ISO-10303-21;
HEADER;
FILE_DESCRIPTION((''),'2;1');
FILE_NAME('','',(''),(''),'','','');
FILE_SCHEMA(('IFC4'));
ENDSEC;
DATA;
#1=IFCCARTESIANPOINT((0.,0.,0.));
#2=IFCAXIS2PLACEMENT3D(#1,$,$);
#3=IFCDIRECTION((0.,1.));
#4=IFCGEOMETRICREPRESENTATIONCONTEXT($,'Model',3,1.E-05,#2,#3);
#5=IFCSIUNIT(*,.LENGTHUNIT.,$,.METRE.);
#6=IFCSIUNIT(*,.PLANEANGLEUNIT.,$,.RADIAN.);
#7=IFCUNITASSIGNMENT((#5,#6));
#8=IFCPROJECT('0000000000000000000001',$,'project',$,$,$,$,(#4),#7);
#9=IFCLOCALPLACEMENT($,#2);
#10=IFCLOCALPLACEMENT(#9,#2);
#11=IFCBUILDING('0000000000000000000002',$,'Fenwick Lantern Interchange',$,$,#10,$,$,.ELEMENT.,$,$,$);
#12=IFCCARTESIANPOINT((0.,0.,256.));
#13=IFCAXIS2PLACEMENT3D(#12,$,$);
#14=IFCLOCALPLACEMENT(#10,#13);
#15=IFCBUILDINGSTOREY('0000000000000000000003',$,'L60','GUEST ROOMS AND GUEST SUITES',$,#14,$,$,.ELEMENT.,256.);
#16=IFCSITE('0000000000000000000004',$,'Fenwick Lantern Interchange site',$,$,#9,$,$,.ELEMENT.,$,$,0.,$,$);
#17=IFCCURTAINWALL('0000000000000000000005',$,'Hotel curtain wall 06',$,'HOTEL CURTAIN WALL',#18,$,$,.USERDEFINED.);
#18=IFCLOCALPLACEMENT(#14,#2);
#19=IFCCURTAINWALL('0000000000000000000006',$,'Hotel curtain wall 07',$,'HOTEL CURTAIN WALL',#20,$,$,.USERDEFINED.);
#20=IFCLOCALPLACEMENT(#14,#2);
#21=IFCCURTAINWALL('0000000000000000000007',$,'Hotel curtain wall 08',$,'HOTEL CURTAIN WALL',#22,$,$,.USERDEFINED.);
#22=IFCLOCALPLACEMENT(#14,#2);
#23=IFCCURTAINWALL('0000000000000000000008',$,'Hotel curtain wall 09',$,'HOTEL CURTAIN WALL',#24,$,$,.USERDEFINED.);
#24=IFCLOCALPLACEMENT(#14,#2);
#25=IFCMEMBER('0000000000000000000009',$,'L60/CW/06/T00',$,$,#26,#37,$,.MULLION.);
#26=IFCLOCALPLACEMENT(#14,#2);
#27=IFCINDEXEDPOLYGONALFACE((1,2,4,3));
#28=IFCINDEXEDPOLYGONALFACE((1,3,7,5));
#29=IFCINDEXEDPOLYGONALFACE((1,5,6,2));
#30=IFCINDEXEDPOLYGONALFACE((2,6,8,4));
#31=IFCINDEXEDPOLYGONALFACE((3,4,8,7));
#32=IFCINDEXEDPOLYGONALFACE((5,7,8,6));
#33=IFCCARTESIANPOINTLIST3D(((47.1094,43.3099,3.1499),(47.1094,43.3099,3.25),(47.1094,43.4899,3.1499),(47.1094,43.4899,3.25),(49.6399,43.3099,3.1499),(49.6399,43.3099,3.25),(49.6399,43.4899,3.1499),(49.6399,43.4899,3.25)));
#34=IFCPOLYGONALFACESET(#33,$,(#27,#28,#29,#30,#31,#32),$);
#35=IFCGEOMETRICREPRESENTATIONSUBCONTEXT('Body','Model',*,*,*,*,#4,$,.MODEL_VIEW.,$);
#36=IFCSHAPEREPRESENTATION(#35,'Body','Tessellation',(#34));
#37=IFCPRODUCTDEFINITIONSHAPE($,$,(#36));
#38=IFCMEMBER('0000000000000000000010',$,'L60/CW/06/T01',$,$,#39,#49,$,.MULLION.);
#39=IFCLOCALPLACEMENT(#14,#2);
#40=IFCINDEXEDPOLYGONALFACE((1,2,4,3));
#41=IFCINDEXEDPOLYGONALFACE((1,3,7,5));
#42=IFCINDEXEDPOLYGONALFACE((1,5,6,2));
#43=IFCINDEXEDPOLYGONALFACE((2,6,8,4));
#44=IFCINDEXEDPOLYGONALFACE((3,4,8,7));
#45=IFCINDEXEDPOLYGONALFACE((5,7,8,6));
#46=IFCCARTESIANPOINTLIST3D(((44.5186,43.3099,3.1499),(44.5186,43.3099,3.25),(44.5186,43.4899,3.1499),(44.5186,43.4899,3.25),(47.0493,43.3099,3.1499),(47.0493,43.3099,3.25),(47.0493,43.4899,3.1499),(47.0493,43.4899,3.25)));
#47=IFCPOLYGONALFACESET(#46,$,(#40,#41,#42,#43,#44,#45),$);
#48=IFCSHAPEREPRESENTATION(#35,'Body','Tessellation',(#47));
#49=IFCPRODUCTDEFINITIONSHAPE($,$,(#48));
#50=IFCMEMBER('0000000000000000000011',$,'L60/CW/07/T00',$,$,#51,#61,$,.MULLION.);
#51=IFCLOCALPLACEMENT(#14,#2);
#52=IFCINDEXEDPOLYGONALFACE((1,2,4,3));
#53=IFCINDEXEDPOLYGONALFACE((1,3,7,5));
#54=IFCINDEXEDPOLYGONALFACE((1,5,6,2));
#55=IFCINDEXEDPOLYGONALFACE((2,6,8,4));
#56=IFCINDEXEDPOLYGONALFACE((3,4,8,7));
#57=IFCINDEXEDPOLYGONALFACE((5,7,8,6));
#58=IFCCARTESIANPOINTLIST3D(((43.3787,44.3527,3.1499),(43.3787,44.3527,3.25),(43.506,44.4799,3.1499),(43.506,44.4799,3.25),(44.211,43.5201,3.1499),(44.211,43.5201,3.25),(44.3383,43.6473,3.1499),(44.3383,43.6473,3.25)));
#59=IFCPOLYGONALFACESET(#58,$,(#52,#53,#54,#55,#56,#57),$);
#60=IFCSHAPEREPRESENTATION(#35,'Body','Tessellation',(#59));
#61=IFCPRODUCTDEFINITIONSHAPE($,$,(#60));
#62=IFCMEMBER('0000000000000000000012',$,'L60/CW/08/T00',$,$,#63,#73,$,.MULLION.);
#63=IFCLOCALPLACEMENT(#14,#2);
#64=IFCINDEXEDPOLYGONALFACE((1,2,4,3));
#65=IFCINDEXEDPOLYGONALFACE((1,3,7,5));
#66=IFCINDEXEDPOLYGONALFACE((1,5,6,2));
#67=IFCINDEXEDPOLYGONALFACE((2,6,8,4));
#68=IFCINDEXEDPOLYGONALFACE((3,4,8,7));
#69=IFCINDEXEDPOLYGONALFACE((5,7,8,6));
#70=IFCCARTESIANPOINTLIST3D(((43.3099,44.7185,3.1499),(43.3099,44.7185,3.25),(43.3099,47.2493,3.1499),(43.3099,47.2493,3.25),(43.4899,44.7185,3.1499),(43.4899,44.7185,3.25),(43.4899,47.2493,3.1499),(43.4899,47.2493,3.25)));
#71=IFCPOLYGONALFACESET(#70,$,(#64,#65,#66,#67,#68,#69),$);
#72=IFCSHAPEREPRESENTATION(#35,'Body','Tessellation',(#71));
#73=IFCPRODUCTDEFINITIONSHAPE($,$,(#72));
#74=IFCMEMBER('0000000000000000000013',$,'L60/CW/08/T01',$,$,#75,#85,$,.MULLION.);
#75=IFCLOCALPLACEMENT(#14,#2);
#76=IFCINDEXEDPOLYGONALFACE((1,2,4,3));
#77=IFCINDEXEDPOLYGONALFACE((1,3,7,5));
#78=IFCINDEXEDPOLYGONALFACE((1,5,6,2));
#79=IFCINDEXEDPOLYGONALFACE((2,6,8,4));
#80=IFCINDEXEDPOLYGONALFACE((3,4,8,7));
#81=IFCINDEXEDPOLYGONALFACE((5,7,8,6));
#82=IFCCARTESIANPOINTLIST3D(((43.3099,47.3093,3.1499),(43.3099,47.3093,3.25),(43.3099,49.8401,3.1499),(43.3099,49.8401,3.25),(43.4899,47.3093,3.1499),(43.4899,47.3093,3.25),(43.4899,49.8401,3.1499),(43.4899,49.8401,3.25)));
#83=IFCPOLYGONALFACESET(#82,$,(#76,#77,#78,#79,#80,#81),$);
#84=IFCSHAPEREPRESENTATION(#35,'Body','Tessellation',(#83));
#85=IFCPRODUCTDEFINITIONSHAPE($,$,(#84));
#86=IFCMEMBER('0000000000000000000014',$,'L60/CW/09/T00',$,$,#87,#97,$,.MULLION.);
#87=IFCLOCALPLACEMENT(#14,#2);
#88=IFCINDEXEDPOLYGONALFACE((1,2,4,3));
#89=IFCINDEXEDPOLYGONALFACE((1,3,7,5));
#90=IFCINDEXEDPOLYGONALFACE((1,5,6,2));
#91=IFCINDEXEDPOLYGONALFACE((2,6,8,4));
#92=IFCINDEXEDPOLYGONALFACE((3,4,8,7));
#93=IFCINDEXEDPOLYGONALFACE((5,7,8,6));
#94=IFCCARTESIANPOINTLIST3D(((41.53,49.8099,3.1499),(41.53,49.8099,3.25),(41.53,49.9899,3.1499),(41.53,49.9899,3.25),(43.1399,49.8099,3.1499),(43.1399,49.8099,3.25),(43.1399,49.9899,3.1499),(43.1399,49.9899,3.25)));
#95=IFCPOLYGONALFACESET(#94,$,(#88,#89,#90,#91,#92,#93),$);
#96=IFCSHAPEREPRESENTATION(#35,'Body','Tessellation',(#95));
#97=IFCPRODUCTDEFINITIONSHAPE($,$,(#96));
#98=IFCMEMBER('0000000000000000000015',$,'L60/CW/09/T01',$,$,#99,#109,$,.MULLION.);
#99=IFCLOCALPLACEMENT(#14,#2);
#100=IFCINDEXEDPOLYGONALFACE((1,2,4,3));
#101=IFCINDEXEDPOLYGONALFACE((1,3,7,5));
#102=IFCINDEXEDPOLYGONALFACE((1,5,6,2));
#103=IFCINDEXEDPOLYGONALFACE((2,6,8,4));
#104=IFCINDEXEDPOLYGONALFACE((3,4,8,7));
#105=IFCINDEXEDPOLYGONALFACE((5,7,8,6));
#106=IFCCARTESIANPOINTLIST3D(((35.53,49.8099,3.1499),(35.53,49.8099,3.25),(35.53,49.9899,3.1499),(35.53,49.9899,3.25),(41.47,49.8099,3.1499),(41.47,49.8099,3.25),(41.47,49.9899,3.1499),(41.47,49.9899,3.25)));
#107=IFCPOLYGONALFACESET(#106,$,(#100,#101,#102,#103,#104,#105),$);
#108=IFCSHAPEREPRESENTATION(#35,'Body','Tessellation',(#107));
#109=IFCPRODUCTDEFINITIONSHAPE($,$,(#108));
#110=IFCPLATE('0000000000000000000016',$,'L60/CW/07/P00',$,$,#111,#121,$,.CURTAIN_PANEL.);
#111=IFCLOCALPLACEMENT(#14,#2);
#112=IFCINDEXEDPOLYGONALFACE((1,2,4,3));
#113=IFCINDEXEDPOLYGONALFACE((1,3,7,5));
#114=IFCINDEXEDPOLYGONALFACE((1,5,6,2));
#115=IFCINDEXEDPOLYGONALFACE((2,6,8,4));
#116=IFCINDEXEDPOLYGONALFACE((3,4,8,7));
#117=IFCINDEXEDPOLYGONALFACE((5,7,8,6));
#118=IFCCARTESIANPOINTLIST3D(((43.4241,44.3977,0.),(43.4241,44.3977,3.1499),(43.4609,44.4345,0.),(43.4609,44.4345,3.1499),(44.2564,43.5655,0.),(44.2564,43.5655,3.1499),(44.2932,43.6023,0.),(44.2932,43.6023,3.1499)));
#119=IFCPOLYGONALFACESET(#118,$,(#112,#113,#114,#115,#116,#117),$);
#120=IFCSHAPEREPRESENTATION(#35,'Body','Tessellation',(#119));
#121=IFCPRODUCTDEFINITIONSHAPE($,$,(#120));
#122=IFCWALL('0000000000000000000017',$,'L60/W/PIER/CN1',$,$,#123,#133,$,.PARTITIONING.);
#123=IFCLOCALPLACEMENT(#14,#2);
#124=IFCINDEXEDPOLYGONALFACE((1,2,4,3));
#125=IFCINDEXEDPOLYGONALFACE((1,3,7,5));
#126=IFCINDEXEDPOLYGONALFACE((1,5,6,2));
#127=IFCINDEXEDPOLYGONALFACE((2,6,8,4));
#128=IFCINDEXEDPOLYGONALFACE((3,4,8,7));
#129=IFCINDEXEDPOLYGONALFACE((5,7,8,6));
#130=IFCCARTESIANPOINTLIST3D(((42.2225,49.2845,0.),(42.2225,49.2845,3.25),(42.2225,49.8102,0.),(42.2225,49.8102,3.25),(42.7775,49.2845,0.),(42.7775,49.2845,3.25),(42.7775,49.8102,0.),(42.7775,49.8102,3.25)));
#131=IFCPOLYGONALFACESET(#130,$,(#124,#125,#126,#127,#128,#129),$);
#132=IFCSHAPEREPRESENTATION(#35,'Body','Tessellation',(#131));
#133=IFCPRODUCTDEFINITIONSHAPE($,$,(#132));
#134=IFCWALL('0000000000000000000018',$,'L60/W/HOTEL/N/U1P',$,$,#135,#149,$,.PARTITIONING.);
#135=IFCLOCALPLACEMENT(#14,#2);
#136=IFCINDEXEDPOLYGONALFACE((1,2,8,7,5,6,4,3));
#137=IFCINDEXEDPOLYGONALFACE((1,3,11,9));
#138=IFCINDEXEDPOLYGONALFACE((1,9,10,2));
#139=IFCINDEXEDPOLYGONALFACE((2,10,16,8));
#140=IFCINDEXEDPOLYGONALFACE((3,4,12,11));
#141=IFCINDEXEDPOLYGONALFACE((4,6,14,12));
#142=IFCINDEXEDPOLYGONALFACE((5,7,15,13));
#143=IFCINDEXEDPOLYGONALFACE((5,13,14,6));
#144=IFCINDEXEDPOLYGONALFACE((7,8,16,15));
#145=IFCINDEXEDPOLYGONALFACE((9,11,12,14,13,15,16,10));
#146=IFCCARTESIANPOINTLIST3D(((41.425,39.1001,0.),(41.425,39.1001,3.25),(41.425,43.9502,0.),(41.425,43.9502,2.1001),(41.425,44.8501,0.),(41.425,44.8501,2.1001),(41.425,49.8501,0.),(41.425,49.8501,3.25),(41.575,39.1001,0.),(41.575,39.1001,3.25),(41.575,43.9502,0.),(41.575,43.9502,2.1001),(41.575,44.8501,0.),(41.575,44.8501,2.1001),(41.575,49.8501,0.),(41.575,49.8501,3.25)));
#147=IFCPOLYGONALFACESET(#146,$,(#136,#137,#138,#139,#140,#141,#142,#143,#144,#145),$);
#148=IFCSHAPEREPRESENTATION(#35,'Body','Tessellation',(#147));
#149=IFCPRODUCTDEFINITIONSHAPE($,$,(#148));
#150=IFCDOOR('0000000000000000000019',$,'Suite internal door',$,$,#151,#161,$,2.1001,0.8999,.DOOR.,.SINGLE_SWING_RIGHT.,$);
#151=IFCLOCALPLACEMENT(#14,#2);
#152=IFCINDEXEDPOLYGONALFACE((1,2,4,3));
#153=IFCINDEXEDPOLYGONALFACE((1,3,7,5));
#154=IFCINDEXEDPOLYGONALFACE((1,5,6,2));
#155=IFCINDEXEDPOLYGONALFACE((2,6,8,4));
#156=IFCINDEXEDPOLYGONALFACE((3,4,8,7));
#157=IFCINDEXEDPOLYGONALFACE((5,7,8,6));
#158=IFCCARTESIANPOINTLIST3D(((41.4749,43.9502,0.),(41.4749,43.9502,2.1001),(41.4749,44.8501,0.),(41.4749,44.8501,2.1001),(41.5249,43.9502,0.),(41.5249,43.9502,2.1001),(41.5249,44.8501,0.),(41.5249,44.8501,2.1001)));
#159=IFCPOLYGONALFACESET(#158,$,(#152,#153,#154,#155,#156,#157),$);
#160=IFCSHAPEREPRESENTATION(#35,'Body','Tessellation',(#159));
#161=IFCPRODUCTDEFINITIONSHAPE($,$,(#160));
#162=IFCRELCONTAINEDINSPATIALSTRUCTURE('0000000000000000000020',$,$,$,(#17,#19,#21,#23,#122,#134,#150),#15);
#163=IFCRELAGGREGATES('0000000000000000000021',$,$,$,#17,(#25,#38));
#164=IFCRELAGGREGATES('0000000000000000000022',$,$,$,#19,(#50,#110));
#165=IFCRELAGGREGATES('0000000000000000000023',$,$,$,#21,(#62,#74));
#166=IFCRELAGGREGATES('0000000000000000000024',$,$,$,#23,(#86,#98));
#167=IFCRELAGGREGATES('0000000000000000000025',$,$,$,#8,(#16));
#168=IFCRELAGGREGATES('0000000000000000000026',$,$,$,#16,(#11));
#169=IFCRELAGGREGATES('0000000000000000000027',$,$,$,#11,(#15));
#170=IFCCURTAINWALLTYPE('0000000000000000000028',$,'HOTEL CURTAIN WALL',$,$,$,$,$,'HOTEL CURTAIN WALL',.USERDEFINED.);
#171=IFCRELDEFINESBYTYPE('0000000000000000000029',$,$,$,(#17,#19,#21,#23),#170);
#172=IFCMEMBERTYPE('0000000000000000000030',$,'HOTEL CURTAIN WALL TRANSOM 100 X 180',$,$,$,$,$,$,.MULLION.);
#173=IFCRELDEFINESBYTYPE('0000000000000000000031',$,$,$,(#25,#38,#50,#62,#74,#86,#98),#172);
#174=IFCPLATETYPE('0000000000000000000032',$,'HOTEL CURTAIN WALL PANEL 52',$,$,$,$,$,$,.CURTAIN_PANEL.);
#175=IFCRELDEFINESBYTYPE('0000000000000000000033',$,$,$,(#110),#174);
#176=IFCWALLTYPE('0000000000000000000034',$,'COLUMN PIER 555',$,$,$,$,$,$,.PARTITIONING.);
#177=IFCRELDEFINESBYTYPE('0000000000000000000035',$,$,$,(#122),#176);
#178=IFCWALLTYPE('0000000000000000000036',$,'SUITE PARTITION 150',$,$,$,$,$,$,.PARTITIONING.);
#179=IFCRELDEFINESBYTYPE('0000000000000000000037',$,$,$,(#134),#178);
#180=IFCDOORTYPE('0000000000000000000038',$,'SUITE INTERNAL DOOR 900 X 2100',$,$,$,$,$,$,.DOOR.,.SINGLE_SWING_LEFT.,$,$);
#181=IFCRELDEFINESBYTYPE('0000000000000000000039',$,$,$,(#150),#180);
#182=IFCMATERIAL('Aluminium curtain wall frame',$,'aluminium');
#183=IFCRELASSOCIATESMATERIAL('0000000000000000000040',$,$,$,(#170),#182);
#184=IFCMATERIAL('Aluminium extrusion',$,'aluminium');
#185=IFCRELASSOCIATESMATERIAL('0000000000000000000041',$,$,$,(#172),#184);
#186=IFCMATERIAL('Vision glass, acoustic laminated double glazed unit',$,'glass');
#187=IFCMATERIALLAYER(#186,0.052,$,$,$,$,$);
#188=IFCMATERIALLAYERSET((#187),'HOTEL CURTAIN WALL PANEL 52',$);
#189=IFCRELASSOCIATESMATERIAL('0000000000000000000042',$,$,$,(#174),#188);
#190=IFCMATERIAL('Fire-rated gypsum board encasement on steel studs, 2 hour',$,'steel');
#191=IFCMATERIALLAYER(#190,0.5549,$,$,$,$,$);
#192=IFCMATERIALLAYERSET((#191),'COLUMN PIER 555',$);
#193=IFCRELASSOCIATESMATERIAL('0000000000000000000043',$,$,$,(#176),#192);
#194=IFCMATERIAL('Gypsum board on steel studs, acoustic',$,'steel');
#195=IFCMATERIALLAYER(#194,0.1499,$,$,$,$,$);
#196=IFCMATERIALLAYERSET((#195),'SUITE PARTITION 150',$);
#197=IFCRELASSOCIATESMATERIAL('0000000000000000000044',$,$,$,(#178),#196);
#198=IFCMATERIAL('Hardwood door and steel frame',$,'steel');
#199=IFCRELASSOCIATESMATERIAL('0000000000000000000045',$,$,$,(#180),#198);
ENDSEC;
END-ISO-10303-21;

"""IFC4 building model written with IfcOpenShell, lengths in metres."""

from ifc_helpers import new_model, si_unit, direction, frame, frame_2d, origin, origin_2d, place, context, subcontext, project, spatial, rectangle, extrude, material, layer, layer_set, material_profile, profile_set, type_object, element, fill, aggregate, save


model = new_model("IFC4")

# Units and contexts
model_context = context("Model", 3, precision=1e-05, world=origin(), true_north=direction((0.0, 1.0)))
body_context = subcontext(model_context, "Body", "Model", "MODEL_VIEW")
ifc_project = project(units=[si_unit("LENGTHUNIT", "METRE"), si_unit("PLANEANGLEUNIT", "RADIAN")], contexts=[model_context])

# Site, building, storey
site_placement = place(None, origin())
site = spatial("IfcSite", under=ifc_project, at=site_placement, Name="Fenwick Lantern Interchange site", CompositionType="ELEMENT", RefElevation=0.0)
building_placement = place(site_placement, origin())
building = spatial("IfcBuilding", under=site, at=building_placement, Name="Fenwick Lantern Interchange", CompositionType="ELEMENT")
storey_placement = place(building_placement, frame((0.0, 0.0, 256.0)))
storey = spatial("IfcBuildingStorey", under=building, at=storey_placement, Name="L60", Description="GUEST ROOMS AND GUEST SUITES", CompositionType="ELEMENT", Elevation=256.0)

# Curtain walls
ifc_material_1 = material(Name="Aluminium curtain wall frame", Category="aluminium")
curtain_wall_type = type_object("IfcCurtainWallType", Name="HOTEL CURTAIN WALL", ElementType="HOTEL CURTAIN WALL", PredefinedType="USERDEFINED", material=ifc_material_1)
curtain_wall_1_placement = place(storey_placement, origin())
curtain_wall_1 = element("IfcCurtainWall", 1, at=curtain_wall_1_placement, inside=storey, type_object=curtain_wall_type, Name="Hotel curtain wall 06", ObjectType="HOTEL CURTAIN WALL", PredefinedType="USERDEFINED")
ifc_material_2 = material(Name="Aluminium extrusion", Category="aluminium")
curtain_wall_2_placement = place(storey_placement, origin())
curtain_wall_2 = element("IfcCurtainWall", 2, at=curtain_wall_2_placement, inside=storey, type_object=curtain_wall_type, Name="Hotel curtain wall 07", ObjectType="HOTEL CURTAIN WALL", PredefinedType="USERDEFINED")
curtain_wall_3_placement = place(storey_placement, origin())
curtain_wall_3 = element("IfcCurtainWall", 3, at=curtain_wall_3_placement, inside=storey, type_object=curtain_wall_type, Name="Hotel curtain wall 08", ObjectType="HOTEL CURTAIN WALL", PredefinedType="USERDEFINED")
curtain_wall_4_placement = place(storey_placement, origin())
curtain_wall_4 = element("IfcCurtainWall", 4, at=curtain_wall_4_placement, inside=storey, type_object=curtain_wall_type, Name="Hotel curtain wall 09", ObjectType="HOTEL CURTAIN WALL", PredefinedType="USERDEFINED")

# Members
ifc_material_profile_1 = material_profile(ifc_material_2, rectangle(XDim=0.1799, YDim=0.1001, at=origin_2d()), Name="HOTEL CURTAIN WALL TRANSOM 100 X 180")
ifc_profile_set_1 = profile_set([ifc_material_profile_1], Name="Aluminium extrusion")
member_type_1 = type_object("IfcMemberType", Name="HOTEL CURTAIN WALL TRANSOM 100 X 180", PredefinedType="MULLION", material=ifc_profile_set_1)
member_1_placement = place(storey_placement, frame((49.6399, 43.3999, 3.2), z_axis=(-1.0, 0.0, 0.0), x_axis=(0.0, -1.0, 0.0)))
member_1 = element("IfcMember", 5, at=member_1_placement, type_object=member_type_1, Name="L60/CW/06/T00", PredefinedType="MULLION", context=body_context, shape_type="SweptSolid", body=[
    extrude(rectangle(XDim=0.1799, YDim=0.1001, at=origin_2d()), origin(), (0.0, 0.0, 1.0), 2.5305),
])
member_2_placement = place(storey_placement, frame((47.0493, 43.3999, 3.2), z_axis=(-1.0, 0.0, 0.0), x_axis=(0.0, -1.0, 0.0)))
member_2 = element("IfcMember", 6, at=member_2_placement, type_object=member_type_1, Name="L60/CW/06/T01", PredefinedType="MULLION", context=body_context, shape_type="SweptSolid", body=[
    extrude(rectangle(XDim=0.1799, YDim=0.1001, at=origin_2d()), origin(), (0.0, 0.0, 1.0), 2.5308),
])
aggregate(curtain_wall_1, [member_1, member_2])
member_3_placement = place(storey_placement, frame((44.2747, 43.5837, 3.2), z_axis=(-0.707003, 0.70721, 0.0), x_axis=(-0.70721, -0.707003, 0.0)))
member_3 = element("IfcMember", 7, at=member_3_placement, type_object=member_type_1, Name="L60/CW/07/T00", PredefinedType="MULLION", context=body_context, shape_type="SweptSolid", body=[
    extrude(rectangle(XDim=0.1799, YDim=0.1001, at=origin_2d()), origin(), (0.0, 0.0, 1.0), 1.1772),
])
member_4_placement = place(storey_placement, frame((43.3999, 44.7185, 3.2), z_axis=(0.0, 1.0, 0.0), x_axis=(-1.0, 0.0, 0.0)))
member_4 = element("IfcMember", 8, at=member_4_placement, type_object=member_type_1, Name="L60/CW/08/T00", PredefinedType="MULLION", context=body_context, shape_type="SweptSolid", body=[
    extrude(rectangle(XDim=0.1799, YDim=0.1001, at=origin_2d()), origin(), (0.0, 0.0, 1.0), 2.5308),
])
member_5_placement = place(storey_placement, frame((43.3999, 47.3093, 3.2), z_axis=(0.0, 1.0, 0.0), x_axis=(-1.0, 0.0, 0.0)))
member_5 = element("IfcMember", 9, at=member_5_placement, type_object=member_type_1, Name="L60/CW/08/T01", PredefinedType="MULLION", context=body_context, shape_type="SweptSolid", body=[
    extrude(rectangle(XDim=0.1799, YDim=0.1001, at=origin_2d()), origin(), (0.0, 0.0, 1.0), 2.5308),
])
member_6_placement = place(storey_placement, frame((43.1399, 49.8999, 3.2), z_axis=(-1.0, 0.0, 0.0), x_axis=(0.0, -1.0, 0.0)))
member_6 = element("IfcMember", 10, at=member_6_placement, type_object=member_type_1, Name="L60/CW/09/T00", PredefinedType="MULLION", context=body_context, shape_type="SweptSolid", body=[
    extrude(rectangle(XDim=0.1799, YDim=0.1001, at=origin_2d()), origin(), (0.0, 0.0, 1.0), 1.6099),
])
member_7_placement = place(storey_placement, frame((41.47, 49.8999, 3.2), z_axis=(-1.0, 0.0, 0.0), x_axis=(0.0, -1.0, 0.0)))
member_7 = element("IfcMember", 11, at=member_7_placement, type_object=member_type_1, Name="L60/CW/09/T01", PredefinedType="MULLION", context=body_context, shape_type="SweptSolid", body=[
    extrude(rectangle(XDim=0.1799, YDim=0.1001, at=origin_2d()), origin(), (0.0, 0.0, 1.0), 5.9399),
])

# Plate
ifc_material_3 = material(Name="Vision glass, acoustic laminated double glazed unit", Category="glass")
ifc_layer_1 = layer(ifc_material_3, 0.052)
ifc_layer_set_1 = layer_set([ifc_layer_1], Name="HOTEL CURTAIN WALL PANEL 52")
plate_type = type_object("IfcPlateType", Name="HOTEL CURTAIN WALL PANEL 52", PredefinedType="CURTAIN_PANEL", material=ifc_layer_set_1)
plate_1_placement = place(storey_placement, frame((43.8586, 44.0, 0.0), z_axis=(0.0, 0.0, 1.0), x_axis=(-0.707107, 0.707107, 0.0)))
plate_1 = element("IfcPlate", 12, at=plate_1_placement, type_object=plate_type, Name="L60/CW/07/P00", PredefinedType="CURTAIN_PANEL", context=body_context, shape_type="SweptSolid", body=[
    extrude(rectangle(XDim=1.177, YDim=0.052, at=origin_2d()), origin(), (0.0, 0.0, 1.0), 3.1499),
])
aggregate(curtain_wall_2, [member_3, plate_1])
aggregate(curtain_wall_3, [member_4, member_5])
aggregate(curtain_wall_4, [member_6, member_7])

# Wall
ifc_material_4 = material(Name="Fire-rated gypsum board encasement on steel studs, 2 hour", Category="steel")
ifc_layer_2 = layer(ifc_material_4, 0.5549)
ifc_layer_set_2 = layer_set([ifc_layer_2], Name="COLUMN PIER 555")
wall_type_1 = type_object("IfcWallType", Name="COLUMN PIER 555", PredefinedType="PARTITIONING", material=ifc_layer_set_2)
wall_1_placement = place(storey_placement, frame((42.5, 49.8101, 0.0), z_axis=(0.0, 0.0, 1.0), x_axis=(0.0, -1.0, 0.0)))
element("IfcWall", 13, at=wall_1_placement, inside=storey, type_object=wall_type_1, Name="L60/W/PIER/CN1", PredefinedType="PARTITIONING", context=body_context, shape_type="SweptSolid", body=[
    extrude(rectangle(XDim=0.5256, YDim=0.5549, at=frame_2d((0.2627, 0.0))), origin(), (0.0, 0.0, 1.0), 3.25),
])

# Wall, opening, door
ifc_material_5 = material(Name="Gypsum board on steel studs, acoustic", Category="steel")
ifc_layer_3 = layer(ifc_material_5, 0.1499)
ifc_layer_set_3 = layer_set([ifc_layer_3], Name="SUITE PARTITION 150")
wall_type_2 = type_object("IfcWallType", Name="SUITE PARTITION 150", PredefinedType="PARTITIONING", material=ifc_layer_set_3)
wall_2_placement = place(storey_placement, frame((41.5, 49.8501, 0.0), z_axis=(0.0, 0.0, 1.0), x_axis=(0.0, -1.0, 0.0)))
wall_2 = element("IfcWall", 14, at=wall_2_placement, inside=storey, type_object=wall_type_2, Name="L60/W/HOTEL/N/U1P", PredefinedType="PARTITIONING", context=body_context, shape_type="SweptSolid", body=[
    extrude(rectangle(XDim=10.75, YDim=0.1499, at=frame_2d((5.375, 0.0))), origin(), (0.0, 0.0, 1.0), 3.25),
])
opening_placement = place(wall_2_placement, frame((5.0, 0.0, 0.0)))
opening = element("IfcOpeningElement", 15, at=opening_placement, cuts=wall_2, PredefinedType="OPENING", context=body_context, shape_type="SweptSolid", body=[
    extrude(rectangle(XDim=0.8999, YDim=2.1001, at=frame_2d((0.45, 1.05))), frame((0.0, 0.085, 0.0), z_axis=(0.0, -1.0, 0.0), x_axis=(1.0, 0.0, 0.0)), (0.0, 0.0, 1.0), 0.1699),
])
ifc_material_6 = material(Name="Hardwood door and steel frame", Category="steel")
door_type = type_object("IfcDoorType", Name="SUITE INTERNAL DOOR 900 X 2100", OperationType="SINGLE_SWING_LEFT", PredefinedType="DOOR", material=ifc_material_6)
door_placement = place(opening_placement, origin())
door = element("IfcDoor", 16, at=door_placement, inside=storey, type_object=door_type, Name="Suite internal door", OperationType="SINGLE_SWING_RIGHT", OverallHeight=2.1001, OverallWidth=0.8999, PredefinedType="DOOR", context=body_context, shape_type="SweptSolid", body=[
    extrude(rectangle(XDim=0.8999, YDim=2.1001, at=frame_2d((0.45, 1.05))), frame((0.0, 0.0249, 0.0), z_axis=(0.0, -1.0, 0.0), x_axis=(1.0, 0.0, 0.0)), (0.0, 0.0, 1.0), 0.05),
])
fill(opening, door)

save(model, "model.ifc")
